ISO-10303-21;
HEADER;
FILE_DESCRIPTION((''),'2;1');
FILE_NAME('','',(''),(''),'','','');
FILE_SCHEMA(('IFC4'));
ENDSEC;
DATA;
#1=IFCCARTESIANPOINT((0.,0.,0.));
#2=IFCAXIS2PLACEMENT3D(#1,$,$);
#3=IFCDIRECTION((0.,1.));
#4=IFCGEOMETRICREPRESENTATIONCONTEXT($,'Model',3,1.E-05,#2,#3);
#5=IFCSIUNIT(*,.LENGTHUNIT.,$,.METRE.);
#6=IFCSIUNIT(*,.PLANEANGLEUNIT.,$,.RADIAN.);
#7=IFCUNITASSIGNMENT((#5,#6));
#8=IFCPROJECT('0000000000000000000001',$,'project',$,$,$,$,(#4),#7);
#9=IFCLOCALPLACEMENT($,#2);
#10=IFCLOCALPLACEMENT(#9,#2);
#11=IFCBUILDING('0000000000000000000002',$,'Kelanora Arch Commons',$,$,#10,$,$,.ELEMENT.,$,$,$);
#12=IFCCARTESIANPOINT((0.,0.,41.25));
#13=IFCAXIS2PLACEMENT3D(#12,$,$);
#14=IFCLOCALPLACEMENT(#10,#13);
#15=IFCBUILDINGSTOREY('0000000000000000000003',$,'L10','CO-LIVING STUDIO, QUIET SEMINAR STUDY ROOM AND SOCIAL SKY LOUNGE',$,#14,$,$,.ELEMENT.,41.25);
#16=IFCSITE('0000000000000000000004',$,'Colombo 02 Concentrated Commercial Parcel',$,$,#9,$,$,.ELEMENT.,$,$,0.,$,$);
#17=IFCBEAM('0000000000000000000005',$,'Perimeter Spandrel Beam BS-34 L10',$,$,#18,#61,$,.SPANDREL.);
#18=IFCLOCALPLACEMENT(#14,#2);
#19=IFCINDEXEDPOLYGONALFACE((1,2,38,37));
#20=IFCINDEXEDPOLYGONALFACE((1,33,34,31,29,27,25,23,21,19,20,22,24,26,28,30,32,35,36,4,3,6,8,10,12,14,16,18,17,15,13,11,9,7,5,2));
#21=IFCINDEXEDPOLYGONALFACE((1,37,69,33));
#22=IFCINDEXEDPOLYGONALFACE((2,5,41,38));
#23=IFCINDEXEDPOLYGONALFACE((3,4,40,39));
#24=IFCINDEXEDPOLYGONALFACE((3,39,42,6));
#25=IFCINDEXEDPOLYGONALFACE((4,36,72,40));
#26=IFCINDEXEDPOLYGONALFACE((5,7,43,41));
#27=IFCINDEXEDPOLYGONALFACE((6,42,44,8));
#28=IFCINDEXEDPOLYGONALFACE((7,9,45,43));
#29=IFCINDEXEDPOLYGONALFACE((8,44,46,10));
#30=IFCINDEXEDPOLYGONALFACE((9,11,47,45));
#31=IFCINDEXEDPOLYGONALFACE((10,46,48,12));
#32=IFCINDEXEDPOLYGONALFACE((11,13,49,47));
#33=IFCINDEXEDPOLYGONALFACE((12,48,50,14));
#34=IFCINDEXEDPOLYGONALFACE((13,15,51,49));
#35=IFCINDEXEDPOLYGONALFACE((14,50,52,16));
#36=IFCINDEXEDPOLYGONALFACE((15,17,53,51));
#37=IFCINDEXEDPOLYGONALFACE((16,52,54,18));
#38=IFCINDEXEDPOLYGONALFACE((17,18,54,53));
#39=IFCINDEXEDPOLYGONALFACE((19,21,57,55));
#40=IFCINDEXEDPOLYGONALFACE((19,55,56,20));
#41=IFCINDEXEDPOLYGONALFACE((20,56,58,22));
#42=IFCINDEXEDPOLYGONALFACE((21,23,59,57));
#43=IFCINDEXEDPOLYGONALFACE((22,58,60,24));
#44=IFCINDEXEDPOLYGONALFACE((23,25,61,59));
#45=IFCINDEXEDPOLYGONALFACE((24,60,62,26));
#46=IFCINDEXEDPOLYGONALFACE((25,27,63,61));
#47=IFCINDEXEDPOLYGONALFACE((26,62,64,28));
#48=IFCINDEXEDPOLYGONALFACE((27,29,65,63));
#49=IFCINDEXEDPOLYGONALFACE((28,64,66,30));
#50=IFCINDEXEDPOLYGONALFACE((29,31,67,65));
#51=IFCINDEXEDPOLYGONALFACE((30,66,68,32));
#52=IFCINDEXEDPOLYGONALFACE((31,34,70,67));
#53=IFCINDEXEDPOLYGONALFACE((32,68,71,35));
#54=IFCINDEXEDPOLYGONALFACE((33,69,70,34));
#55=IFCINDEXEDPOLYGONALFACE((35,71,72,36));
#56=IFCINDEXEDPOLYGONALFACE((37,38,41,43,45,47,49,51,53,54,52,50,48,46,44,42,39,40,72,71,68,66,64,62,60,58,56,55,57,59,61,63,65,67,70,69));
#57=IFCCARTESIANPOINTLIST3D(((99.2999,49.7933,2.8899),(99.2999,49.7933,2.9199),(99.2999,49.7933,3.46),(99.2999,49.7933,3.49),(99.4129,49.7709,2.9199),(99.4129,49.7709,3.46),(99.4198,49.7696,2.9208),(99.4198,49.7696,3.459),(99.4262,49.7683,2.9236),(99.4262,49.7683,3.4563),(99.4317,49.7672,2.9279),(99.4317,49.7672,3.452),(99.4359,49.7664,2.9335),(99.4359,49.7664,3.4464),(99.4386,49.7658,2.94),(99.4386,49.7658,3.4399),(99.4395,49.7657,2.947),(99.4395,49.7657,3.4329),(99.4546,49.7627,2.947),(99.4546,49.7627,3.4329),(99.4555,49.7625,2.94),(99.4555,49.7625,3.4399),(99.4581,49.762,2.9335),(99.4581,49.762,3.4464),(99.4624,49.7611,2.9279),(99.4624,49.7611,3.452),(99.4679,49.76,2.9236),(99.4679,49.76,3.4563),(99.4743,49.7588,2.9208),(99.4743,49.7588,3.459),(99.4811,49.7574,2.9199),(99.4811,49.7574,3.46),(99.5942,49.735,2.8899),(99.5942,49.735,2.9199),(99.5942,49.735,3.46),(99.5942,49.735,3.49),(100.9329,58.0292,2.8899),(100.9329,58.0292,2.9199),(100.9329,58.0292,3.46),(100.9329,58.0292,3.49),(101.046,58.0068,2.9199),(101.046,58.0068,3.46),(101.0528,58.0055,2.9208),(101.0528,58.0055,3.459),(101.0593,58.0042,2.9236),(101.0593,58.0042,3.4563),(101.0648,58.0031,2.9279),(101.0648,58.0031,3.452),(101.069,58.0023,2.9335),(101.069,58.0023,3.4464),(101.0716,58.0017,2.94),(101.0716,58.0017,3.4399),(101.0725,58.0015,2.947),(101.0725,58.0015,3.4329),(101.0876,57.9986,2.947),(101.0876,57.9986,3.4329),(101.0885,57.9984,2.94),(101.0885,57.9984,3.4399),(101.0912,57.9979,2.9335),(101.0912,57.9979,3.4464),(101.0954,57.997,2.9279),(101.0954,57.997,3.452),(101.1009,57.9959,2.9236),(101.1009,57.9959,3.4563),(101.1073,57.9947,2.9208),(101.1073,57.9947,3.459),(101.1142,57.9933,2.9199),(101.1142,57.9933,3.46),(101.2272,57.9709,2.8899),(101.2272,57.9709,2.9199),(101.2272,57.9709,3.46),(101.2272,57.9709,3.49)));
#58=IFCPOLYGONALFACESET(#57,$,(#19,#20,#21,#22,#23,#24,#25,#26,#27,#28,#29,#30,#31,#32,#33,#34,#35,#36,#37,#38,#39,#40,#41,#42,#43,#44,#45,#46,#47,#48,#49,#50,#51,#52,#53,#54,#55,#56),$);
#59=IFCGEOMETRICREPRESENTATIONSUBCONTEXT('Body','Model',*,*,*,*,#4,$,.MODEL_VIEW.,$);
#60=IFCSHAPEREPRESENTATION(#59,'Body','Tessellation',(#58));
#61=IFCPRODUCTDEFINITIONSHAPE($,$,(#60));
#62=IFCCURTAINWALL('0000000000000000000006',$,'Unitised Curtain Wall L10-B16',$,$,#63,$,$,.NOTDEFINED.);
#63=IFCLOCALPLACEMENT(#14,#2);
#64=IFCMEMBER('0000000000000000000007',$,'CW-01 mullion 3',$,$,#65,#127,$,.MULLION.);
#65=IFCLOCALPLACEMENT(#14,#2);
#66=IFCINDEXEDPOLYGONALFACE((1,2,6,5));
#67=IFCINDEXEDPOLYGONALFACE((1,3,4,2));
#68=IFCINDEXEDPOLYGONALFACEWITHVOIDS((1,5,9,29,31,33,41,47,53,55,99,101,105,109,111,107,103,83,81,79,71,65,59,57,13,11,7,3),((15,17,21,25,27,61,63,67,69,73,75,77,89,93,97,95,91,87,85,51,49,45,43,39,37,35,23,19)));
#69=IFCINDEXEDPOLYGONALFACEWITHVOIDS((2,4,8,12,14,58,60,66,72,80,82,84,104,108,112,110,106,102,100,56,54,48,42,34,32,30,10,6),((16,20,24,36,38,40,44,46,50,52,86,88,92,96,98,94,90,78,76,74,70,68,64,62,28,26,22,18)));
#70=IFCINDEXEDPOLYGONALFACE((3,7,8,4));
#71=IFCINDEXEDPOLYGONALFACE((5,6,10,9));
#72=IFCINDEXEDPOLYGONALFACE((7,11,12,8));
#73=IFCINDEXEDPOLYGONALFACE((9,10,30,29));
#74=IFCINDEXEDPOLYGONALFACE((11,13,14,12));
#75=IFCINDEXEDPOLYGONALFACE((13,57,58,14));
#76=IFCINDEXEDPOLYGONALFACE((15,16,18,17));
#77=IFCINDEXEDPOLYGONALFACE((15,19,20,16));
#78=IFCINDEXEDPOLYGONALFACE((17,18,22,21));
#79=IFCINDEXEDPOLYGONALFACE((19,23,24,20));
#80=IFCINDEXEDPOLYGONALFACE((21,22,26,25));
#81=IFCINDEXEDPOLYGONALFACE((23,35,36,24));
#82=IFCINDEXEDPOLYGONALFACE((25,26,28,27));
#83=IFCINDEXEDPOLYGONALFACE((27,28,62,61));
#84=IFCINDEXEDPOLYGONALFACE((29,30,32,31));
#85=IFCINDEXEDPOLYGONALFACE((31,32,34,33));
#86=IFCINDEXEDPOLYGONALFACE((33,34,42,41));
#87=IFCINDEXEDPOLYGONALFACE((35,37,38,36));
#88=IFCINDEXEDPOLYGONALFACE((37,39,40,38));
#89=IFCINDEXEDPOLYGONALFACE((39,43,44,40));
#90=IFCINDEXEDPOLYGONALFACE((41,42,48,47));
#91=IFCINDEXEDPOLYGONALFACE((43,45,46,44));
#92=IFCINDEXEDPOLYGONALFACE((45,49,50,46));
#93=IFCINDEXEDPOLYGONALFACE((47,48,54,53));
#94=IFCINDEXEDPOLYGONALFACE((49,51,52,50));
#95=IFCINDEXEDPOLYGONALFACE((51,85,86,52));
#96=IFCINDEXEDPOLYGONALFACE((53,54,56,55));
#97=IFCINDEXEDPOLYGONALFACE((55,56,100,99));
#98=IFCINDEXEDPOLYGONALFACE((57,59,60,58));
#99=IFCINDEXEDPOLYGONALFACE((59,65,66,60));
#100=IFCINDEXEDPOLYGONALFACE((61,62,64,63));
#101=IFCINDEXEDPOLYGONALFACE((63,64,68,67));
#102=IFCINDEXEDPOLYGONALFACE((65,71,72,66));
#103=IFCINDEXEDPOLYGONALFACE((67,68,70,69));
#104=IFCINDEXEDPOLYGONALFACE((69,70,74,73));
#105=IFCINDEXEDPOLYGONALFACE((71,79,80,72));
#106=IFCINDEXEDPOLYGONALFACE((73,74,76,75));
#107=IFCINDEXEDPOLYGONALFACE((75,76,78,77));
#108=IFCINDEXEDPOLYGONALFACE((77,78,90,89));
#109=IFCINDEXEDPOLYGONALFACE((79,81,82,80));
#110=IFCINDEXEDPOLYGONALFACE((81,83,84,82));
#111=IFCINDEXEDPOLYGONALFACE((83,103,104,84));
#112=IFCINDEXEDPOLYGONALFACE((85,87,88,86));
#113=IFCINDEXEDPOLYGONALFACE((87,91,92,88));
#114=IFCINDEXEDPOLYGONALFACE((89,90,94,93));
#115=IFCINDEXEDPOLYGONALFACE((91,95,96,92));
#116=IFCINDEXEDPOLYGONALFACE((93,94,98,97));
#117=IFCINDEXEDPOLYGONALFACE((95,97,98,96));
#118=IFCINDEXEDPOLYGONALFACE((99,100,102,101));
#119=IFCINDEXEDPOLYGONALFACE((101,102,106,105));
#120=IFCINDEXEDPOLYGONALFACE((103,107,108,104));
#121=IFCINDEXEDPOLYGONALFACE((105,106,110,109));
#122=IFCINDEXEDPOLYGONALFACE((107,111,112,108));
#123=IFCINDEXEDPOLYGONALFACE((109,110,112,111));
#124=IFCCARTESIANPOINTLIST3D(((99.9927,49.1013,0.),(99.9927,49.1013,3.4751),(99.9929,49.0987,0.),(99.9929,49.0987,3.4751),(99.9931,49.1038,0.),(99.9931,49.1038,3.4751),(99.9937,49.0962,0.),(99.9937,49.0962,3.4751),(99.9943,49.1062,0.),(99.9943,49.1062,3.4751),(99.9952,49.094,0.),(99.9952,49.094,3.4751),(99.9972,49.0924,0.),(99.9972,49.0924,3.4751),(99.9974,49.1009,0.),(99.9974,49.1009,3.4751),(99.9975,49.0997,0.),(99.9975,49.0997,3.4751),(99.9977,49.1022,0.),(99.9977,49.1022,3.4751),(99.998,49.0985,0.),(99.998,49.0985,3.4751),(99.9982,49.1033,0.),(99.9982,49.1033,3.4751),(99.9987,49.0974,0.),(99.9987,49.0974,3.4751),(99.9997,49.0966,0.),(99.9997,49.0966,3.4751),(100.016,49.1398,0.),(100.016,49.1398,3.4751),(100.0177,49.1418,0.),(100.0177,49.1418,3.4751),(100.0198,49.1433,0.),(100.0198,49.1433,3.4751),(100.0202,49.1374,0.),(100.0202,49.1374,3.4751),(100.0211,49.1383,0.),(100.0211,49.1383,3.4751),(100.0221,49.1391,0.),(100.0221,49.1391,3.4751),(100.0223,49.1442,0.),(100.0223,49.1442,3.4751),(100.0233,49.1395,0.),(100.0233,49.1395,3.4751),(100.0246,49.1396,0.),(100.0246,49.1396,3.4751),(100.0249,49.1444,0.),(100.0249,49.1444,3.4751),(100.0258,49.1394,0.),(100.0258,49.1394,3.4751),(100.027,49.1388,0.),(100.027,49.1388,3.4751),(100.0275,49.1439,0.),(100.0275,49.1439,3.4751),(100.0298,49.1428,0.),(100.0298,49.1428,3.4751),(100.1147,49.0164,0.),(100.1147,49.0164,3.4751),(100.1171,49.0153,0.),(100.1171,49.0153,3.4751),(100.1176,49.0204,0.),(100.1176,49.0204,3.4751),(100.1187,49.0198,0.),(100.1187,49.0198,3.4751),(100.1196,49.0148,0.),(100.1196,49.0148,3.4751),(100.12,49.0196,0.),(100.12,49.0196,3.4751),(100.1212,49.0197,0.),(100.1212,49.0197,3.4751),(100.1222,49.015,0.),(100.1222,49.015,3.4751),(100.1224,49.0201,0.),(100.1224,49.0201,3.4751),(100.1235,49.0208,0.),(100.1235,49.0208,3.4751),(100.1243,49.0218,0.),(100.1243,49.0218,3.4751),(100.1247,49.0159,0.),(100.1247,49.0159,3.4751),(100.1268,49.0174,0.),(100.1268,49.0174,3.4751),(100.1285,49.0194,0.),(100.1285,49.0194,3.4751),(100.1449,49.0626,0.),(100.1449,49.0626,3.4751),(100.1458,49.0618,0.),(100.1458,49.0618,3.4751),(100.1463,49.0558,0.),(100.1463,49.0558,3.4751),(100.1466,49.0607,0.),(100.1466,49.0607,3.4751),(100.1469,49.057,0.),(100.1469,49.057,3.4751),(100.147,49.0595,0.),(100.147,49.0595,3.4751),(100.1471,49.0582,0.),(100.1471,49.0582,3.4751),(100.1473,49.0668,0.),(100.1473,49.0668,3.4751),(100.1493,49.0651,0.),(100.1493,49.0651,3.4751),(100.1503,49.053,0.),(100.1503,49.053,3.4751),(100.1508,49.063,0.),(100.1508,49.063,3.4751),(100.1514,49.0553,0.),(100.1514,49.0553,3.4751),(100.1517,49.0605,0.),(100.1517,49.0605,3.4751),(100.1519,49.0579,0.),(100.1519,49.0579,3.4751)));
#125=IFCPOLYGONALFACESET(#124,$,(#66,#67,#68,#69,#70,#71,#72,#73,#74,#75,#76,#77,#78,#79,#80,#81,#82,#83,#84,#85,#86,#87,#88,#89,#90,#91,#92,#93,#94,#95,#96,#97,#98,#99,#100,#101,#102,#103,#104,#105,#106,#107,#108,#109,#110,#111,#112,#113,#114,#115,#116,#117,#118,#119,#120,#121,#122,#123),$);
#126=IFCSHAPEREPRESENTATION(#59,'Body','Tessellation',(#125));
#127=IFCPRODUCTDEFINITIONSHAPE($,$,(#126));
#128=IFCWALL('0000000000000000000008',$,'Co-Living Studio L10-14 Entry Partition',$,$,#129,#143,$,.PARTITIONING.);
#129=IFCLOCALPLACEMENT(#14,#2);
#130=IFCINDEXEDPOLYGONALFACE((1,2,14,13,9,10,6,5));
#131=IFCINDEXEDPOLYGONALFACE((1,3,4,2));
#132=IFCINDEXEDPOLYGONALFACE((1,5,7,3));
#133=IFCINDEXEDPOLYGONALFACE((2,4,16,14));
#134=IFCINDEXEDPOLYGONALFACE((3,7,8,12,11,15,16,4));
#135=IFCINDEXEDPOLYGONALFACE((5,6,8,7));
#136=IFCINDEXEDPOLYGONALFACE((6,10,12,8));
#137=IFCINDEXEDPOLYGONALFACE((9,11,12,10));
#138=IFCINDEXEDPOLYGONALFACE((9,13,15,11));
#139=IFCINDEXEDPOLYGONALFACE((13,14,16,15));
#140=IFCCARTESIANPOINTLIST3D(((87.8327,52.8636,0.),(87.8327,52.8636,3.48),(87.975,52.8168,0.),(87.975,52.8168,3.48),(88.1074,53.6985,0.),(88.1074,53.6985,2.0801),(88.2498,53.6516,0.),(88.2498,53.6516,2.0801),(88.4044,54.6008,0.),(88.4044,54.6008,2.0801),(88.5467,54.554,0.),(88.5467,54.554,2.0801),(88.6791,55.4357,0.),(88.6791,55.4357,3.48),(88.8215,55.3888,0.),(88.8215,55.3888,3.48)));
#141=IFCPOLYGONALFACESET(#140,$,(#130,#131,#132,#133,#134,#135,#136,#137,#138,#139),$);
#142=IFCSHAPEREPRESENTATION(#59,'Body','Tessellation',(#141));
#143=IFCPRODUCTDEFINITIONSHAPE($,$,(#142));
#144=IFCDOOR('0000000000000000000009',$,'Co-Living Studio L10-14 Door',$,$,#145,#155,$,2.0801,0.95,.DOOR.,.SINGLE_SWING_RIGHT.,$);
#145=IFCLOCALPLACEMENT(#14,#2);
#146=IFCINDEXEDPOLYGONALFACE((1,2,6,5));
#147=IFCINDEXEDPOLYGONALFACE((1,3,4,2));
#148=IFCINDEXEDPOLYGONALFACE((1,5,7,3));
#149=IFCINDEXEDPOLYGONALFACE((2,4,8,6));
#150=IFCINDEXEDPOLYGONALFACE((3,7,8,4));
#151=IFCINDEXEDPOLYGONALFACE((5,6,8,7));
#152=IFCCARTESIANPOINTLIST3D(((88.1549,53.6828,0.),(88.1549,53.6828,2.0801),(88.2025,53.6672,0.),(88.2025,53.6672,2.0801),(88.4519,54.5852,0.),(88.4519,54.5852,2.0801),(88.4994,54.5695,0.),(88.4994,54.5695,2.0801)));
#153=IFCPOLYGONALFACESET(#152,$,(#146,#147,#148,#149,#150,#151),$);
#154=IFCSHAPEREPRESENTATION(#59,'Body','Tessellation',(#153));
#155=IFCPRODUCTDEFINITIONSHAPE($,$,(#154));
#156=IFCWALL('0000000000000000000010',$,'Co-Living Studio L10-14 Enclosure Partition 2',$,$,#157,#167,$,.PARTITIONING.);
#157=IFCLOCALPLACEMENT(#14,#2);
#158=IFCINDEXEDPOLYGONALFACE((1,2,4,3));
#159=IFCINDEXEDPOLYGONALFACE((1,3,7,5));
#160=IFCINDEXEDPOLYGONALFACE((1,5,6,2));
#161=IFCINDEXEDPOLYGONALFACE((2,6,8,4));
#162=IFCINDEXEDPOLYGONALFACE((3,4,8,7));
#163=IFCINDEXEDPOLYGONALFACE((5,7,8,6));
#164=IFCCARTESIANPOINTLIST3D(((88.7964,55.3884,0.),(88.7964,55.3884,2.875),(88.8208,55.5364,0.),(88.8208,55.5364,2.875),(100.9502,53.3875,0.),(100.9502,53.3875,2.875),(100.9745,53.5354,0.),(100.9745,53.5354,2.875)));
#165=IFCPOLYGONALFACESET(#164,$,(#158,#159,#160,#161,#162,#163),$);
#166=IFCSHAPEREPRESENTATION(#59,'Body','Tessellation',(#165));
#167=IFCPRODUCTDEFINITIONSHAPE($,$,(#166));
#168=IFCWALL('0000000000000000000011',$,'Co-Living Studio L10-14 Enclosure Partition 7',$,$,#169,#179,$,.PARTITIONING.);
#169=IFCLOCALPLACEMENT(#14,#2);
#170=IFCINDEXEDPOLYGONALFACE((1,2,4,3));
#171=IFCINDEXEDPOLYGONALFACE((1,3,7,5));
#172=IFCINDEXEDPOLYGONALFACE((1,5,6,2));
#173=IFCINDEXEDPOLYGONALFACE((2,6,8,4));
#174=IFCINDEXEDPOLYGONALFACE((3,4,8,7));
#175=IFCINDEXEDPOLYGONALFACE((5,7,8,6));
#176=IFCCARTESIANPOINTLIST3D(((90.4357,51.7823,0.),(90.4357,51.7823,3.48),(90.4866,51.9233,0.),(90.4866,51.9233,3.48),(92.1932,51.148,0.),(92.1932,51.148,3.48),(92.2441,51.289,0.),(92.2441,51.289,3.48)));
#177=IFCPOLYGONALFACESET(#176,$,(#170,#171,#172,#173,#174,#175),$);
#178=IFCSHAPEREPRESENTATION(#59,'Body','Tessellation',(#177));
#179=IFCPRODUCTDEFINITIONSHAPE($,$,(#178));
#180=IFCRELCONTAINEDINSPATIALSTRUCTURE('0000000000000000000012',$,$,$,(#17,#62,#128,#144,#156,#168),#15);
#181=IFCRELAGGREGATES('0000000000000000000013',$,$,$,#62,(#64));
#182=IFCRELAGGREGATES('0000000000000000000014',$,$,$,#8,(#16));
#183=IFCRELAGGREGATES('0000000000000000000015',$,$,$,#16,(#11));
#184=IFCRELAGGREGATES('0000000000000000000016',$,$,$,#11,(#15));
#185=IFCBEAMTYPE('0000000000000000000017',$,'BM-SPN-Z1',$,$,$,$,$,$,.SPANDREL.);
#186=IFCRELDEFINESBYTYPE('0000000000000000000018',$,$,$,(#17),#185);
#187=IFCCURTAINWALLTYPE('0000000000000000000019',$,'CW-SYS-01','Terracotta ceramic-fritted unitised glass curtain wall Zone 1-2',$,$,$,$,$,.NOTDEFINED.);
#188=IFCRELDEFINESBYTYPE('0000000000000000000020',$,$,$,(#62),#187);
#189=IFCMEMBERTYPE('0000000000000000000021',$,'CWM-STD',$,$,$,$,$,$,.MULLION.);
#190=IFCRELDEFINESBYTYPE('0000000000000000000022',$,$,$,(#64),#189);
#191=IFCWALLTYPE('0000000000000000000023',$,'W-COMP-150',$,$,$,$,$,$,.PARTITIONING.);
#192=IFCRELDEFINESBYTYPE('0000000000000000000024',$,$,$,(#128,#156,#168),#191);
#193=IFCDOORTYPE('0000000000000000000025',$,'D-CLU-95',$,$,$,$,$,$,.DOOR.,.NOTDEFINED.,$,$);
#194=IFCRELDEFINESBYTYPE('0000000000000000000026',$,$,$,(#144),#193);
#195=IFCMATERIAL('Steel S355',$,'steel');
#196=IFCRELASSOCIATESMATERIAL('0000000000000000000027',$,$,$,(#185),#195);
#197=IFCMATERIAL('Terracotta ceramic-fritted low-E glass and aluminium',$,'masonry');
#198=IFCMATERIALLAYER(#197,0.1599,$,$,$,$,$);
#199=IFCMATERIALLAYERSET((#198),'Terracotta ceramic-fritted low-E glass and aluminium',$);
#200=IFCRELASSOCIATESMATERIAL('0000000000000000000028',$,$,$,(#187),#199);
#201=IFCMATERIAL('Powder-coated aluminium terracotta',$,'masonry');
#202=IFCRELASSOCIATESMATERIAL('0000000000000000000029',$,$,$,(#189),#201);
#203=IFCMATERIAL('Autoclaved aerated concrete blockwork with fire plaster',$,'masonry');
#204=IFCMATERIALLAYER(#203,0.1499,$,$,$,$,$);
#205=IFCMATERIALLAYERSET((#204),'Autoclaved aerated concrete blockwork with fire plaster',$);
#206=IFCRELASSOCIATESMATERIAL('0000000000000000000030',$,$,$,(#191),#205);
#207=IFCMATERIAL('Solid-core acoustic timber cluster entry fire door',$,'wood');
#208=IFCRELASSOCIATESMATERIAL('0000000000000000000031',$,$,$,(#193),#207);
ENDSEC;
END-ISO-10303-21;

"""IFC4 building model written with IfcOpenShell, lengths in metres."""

from ifc_helpers import new_model, si_unit, direction, frame, frame_2d, origin, origin_2d, place, context, subcontext, project, spatial, rectangle, hollow_rectangle, i_section, extrude, material, layer, layer_set, material_profile, profile_set, type_object, element, fill, aggregate, save


model = new_model("IFC4")

# Units and contexts
model_context = context("Model", 3, precision=1e-05, world=origin(), true_north=direction((0.0, 1.0)))
body_context = subcontext(model_context, "Body", "Model", "MODEL_VIEW")
ifc_project = project(units=[si_unit("LENGTHUNIT", "METRE"), si_unit("PLANEANGLEUNIT", "RADIAN")], contexts=[model_context])

# Site, building, storey
site_placement = place(None, origin())
site = spatial("IfcSite", under=ifc_project, at=site_placement, Name="Colombo 02 Concentrated Commercial Parcel", CompositionType="ELEMENT", RefElevation=0.0)
building_placement = place(site_placement, origin())
building = spatial("IfcBuilding", under=site, at=building_placement, Name="Kelanora Arch Commons", CompositionType="ELEMENT")
storey_placement = place(building_placement, frame((0.0, 0.0, 41.25)))
storey = spatial("IfcBuildingStorey", under=building, at=storey_placement, Name="L10", Description="CO-LIVING STUDIO, QUIET SEMINAR STUDY ROOM AND SOCIAL SKY LOUNGE", CompositionType="ELEMENT", Elevation=41.25)

# Beam
ifc_material_1 = material(Name="Steel S355", Category="steel")
ifc_material_profile_1 = material_profile(ifc_material_1, i_section(OverallWidth=0.3, OverallDepth=0.6001, WebThickness=0.0154, FlangeThickness=0.03, FilletRadius=0.0271, at=origin_2d()), Name="HEB600")
ifc_profile_set_1 = profile_set([ifc_material_profile_1], Name="Steel S355")
beam_type_1 = type_object("IfcBeamType", Name="BM-SPN-Z1", PredefinedType="SPANDREL", material=ifc_profile_set_1)
beam_1_placement = place(storey_placement, frame((99.447, 49.7642, 3.1899), z_axis=(0.1945, 0.980903, 0.0), x_axis=(-0.980903, 0.1945, 0.0)))
element("IfcBeam", 1, at=beam_1_placement, inside=storey, type_object=beam_type_1, Name="Perimeter Spandrel Beam BS-34 L10", PredefinedType="SPANDREL", context=body_context, shape_type="SweptSolid", body=[
    extrude(i_section(OverallWidth=0.3, OverallDepth=0.6001, WebThickness=0.0154, FlangeThickness=0.03, FilletRadius=0.0271, at=origin_2d()), origin(), (0.0, 0.0, 1.0), 8.3962),
])

# Curtain wall, member
ifc_material_2 = material(Name="Terracotta ceramic-fritted low-E glass and aluminium", Category="masonry")
ifc_layer_1 = layer(ifc_material_2, 0.1599)
ifc_layer_set_1 = layer_set([ifc_layer_1], Name="Terracotta ceramic-fritted low-E glass and aluminium")
curtain_wall_type = type_object("IfcCurtainWallType", Name="CW-SYS-01", Description="Terracotta ceramic-fritted unitised glass curtain wall Zone 1-2", PredefinedType="NOTDEFINED", material=ifc_layer_set_1)
curtain_wall_placement = place(storey_placement, origin())
curtain_wall = element("IfcCurtainWall", 2, at=curtain_wall_placement, inside=storey, type_object=curtain_wall_type, Name="Unitised Curtain Wall L10-B16", PredefinedType="NOTDEFINED")
ifc_material_3 = material(Name="Powder-coated aluminium terracotta", Category="masonry")
ifc_material_profile_2 = material_profile(ifc_material_3, hollow_rectangle(XDim=0.1599, YDim=0.0601, WallThickness=0.0049, InnerFilletRadius=0.0049, OuterFilletRadius=0.01, at=origin_2d()), Name="CWM160x60")
ifc_profile_set_2 = profile_set([ifc_material_profile_2], Name="Powder-coated aluminium terracotta")
member_type = type_object("IfcMemberType", Name="CWM-STD", PredefinedType="MULLION", material=ifc_profile_set_2)
member_placement = place(storey_placement, frame((100.0723, 49.0796, 0.0), z_axis=(0.0, 0.0, 1.0), x_axis=(-0.83973, 0.543004, 0.0)))
member = element("IfcMember", 3, at=member_placement, type_object=member_type, Name="CW-01 mullion 3", PredefinedType="MULLION", context=body_context, shape_type="SweptSolid", body=[
    extrude(hollow_rectangle(XDim=0.1599, YDim=0.0601, WallThickness=0.0049, InnerFilletRadius=0.0049, OuterFilletRadius=0.01, at=origin_2d()), origin(), (0.0, 0.0, 1.0), 3.4751),
])
aggregate(curtain_wall, [member])

# Wall, opening, door
ifc_material_4 = material(Name="Autoclaved aerated concrete blockwork with fire plaster", Category="masonry")
ifc_layer_2 = layer(ifc_material_4, 0.1499)
ifc_layer_set_2 = layer_set([ifc_layer_2], Name="Autoclaved aerated concrete blockwork with fire plaster")
wall_type_1 = type_object("IfcWallType", Name="W-COMP-150", PredefinedType="PARTITIONING", material=ifc_layer_set_2)
wall_1_placement = place(storey_placement, frame((87.9038, 52.8401, 0.0), z_axis=(0.0, 0.0, 1.0), x_axis=(0.312601, 0.949885, 0.0)))
wall_1 = element("IfcWall", 4, at=wall_1_placement, inside=storey, type_object=wall_type_1, Name="Co-Living Studio L10-14 Entry Partition", PredefinedType="PARTITIONING", context=body_context, shape_type="SweptSolid", body=[
    extrude(rectangle(XDim=2.7078, YDim=0.1499, at=frame_2d((1.354, 0.0))), origin(), (0.0, 0.0, 1.0), 3.48),
])
opening_1_placement = place(wall_1_placement, frame((0.8789, 0.0, 0.0)))
opening_1 = element("IfcOpeningElement", 5, at=opening_1_placement, cuts=wall_1, PredefinedType="OPENING", context=body_context, shape_type="SweptSolid", body=[
    extrude(rectangle(XDim=0.95, YDim=2.0801, at=frame_2d((0.4751, 1.04))), frame((0.0, 0.085, 0.0), z_axis=(0.0, -1.0, 0.0), x_axis=(1.0, 0.0, 0.0)), (0.0, 0.0, 1.0), 0.1699),
])
ifc_material_5 = material(Name="Solid-core acoustic timber cluster entry fire door", Category="wood")
door_type_1 = type_object("IfcDoorType", Name="D-CLU-95", OperationType="NOTDEFINED", PredefinedType="DOOR", material=ifc_material_5)
door_1_placement = place(opening_1_placement, origin())
door_1 = element("IfcDoor", 6, at=door_1_placement, inside=storey, type_object=door_type_1, Name="Co-Living Studio L10-14 Door", OperationType="SINGLE_SWING_RIGHT", OverallHeight=2.0801, OverallWidth=0.95, PredefinedType="DOOR", context=body_context, shape_type="SweptSolid", body=[
    extrude(rectangle(XDim=0.95, YDim=2.0801, at=frame_2d((0.4751, 1.04))), frame((0.0, 0.0249, 0.0), z_axis=(0.0, -1.0, 0.0), x_axis=(1.0, 0.0, 0.0)), (0.0, 0.0, 1.0), 0.05),
])
fill(opening_1, door_1)

# Walls
wall_2_placement = place(storey_placement, frame((88.8086, 55.4624, 0.0), z_axis=(0.0, 0.0, 1.0), x_axis=(0.986717, -0.162451, 0.0)))
element("IfcWall", 7, at=wall_2_placement, inside=storey, type_object=wall_type_1, Name="Co-Living Studio L10-14 Enclosure Partition 2", PredefinedType="PARTITIONING", context=body_context, shape_type="SweptSolid", body=[
    extrude(rectangle(XDim=12.3174, YDim=0.1499, at=frame_2d((6.1587, 0.0))), origin(), (0.0, 0.0, 1.0), 2.875),
])
wall_3_placement = place(storey_placement, frame((92.2185, 51.2185, 0.0), z_axis=(0.0, 0.0, 1.0), x_axis=(-0.940607, 0.339497, 0.0)))
element("IfcWall", 8, at=wall_3_placement, inside=storey, type_object=wall_type_1, Name="Co-Living Studio L10-14 Enclosure Partition 7", PredefinedType="PARTITIONING", context=body_context, shape_type="SweptSolid", body=[
    extrude(rectangle(XDim=1.8684, YDim=0.1499, at=frame_2d((0.9341, 0.0))), origin(), (0.0, 0.0, 1.0), 3.48),
])

save(model, "model.ifc")
